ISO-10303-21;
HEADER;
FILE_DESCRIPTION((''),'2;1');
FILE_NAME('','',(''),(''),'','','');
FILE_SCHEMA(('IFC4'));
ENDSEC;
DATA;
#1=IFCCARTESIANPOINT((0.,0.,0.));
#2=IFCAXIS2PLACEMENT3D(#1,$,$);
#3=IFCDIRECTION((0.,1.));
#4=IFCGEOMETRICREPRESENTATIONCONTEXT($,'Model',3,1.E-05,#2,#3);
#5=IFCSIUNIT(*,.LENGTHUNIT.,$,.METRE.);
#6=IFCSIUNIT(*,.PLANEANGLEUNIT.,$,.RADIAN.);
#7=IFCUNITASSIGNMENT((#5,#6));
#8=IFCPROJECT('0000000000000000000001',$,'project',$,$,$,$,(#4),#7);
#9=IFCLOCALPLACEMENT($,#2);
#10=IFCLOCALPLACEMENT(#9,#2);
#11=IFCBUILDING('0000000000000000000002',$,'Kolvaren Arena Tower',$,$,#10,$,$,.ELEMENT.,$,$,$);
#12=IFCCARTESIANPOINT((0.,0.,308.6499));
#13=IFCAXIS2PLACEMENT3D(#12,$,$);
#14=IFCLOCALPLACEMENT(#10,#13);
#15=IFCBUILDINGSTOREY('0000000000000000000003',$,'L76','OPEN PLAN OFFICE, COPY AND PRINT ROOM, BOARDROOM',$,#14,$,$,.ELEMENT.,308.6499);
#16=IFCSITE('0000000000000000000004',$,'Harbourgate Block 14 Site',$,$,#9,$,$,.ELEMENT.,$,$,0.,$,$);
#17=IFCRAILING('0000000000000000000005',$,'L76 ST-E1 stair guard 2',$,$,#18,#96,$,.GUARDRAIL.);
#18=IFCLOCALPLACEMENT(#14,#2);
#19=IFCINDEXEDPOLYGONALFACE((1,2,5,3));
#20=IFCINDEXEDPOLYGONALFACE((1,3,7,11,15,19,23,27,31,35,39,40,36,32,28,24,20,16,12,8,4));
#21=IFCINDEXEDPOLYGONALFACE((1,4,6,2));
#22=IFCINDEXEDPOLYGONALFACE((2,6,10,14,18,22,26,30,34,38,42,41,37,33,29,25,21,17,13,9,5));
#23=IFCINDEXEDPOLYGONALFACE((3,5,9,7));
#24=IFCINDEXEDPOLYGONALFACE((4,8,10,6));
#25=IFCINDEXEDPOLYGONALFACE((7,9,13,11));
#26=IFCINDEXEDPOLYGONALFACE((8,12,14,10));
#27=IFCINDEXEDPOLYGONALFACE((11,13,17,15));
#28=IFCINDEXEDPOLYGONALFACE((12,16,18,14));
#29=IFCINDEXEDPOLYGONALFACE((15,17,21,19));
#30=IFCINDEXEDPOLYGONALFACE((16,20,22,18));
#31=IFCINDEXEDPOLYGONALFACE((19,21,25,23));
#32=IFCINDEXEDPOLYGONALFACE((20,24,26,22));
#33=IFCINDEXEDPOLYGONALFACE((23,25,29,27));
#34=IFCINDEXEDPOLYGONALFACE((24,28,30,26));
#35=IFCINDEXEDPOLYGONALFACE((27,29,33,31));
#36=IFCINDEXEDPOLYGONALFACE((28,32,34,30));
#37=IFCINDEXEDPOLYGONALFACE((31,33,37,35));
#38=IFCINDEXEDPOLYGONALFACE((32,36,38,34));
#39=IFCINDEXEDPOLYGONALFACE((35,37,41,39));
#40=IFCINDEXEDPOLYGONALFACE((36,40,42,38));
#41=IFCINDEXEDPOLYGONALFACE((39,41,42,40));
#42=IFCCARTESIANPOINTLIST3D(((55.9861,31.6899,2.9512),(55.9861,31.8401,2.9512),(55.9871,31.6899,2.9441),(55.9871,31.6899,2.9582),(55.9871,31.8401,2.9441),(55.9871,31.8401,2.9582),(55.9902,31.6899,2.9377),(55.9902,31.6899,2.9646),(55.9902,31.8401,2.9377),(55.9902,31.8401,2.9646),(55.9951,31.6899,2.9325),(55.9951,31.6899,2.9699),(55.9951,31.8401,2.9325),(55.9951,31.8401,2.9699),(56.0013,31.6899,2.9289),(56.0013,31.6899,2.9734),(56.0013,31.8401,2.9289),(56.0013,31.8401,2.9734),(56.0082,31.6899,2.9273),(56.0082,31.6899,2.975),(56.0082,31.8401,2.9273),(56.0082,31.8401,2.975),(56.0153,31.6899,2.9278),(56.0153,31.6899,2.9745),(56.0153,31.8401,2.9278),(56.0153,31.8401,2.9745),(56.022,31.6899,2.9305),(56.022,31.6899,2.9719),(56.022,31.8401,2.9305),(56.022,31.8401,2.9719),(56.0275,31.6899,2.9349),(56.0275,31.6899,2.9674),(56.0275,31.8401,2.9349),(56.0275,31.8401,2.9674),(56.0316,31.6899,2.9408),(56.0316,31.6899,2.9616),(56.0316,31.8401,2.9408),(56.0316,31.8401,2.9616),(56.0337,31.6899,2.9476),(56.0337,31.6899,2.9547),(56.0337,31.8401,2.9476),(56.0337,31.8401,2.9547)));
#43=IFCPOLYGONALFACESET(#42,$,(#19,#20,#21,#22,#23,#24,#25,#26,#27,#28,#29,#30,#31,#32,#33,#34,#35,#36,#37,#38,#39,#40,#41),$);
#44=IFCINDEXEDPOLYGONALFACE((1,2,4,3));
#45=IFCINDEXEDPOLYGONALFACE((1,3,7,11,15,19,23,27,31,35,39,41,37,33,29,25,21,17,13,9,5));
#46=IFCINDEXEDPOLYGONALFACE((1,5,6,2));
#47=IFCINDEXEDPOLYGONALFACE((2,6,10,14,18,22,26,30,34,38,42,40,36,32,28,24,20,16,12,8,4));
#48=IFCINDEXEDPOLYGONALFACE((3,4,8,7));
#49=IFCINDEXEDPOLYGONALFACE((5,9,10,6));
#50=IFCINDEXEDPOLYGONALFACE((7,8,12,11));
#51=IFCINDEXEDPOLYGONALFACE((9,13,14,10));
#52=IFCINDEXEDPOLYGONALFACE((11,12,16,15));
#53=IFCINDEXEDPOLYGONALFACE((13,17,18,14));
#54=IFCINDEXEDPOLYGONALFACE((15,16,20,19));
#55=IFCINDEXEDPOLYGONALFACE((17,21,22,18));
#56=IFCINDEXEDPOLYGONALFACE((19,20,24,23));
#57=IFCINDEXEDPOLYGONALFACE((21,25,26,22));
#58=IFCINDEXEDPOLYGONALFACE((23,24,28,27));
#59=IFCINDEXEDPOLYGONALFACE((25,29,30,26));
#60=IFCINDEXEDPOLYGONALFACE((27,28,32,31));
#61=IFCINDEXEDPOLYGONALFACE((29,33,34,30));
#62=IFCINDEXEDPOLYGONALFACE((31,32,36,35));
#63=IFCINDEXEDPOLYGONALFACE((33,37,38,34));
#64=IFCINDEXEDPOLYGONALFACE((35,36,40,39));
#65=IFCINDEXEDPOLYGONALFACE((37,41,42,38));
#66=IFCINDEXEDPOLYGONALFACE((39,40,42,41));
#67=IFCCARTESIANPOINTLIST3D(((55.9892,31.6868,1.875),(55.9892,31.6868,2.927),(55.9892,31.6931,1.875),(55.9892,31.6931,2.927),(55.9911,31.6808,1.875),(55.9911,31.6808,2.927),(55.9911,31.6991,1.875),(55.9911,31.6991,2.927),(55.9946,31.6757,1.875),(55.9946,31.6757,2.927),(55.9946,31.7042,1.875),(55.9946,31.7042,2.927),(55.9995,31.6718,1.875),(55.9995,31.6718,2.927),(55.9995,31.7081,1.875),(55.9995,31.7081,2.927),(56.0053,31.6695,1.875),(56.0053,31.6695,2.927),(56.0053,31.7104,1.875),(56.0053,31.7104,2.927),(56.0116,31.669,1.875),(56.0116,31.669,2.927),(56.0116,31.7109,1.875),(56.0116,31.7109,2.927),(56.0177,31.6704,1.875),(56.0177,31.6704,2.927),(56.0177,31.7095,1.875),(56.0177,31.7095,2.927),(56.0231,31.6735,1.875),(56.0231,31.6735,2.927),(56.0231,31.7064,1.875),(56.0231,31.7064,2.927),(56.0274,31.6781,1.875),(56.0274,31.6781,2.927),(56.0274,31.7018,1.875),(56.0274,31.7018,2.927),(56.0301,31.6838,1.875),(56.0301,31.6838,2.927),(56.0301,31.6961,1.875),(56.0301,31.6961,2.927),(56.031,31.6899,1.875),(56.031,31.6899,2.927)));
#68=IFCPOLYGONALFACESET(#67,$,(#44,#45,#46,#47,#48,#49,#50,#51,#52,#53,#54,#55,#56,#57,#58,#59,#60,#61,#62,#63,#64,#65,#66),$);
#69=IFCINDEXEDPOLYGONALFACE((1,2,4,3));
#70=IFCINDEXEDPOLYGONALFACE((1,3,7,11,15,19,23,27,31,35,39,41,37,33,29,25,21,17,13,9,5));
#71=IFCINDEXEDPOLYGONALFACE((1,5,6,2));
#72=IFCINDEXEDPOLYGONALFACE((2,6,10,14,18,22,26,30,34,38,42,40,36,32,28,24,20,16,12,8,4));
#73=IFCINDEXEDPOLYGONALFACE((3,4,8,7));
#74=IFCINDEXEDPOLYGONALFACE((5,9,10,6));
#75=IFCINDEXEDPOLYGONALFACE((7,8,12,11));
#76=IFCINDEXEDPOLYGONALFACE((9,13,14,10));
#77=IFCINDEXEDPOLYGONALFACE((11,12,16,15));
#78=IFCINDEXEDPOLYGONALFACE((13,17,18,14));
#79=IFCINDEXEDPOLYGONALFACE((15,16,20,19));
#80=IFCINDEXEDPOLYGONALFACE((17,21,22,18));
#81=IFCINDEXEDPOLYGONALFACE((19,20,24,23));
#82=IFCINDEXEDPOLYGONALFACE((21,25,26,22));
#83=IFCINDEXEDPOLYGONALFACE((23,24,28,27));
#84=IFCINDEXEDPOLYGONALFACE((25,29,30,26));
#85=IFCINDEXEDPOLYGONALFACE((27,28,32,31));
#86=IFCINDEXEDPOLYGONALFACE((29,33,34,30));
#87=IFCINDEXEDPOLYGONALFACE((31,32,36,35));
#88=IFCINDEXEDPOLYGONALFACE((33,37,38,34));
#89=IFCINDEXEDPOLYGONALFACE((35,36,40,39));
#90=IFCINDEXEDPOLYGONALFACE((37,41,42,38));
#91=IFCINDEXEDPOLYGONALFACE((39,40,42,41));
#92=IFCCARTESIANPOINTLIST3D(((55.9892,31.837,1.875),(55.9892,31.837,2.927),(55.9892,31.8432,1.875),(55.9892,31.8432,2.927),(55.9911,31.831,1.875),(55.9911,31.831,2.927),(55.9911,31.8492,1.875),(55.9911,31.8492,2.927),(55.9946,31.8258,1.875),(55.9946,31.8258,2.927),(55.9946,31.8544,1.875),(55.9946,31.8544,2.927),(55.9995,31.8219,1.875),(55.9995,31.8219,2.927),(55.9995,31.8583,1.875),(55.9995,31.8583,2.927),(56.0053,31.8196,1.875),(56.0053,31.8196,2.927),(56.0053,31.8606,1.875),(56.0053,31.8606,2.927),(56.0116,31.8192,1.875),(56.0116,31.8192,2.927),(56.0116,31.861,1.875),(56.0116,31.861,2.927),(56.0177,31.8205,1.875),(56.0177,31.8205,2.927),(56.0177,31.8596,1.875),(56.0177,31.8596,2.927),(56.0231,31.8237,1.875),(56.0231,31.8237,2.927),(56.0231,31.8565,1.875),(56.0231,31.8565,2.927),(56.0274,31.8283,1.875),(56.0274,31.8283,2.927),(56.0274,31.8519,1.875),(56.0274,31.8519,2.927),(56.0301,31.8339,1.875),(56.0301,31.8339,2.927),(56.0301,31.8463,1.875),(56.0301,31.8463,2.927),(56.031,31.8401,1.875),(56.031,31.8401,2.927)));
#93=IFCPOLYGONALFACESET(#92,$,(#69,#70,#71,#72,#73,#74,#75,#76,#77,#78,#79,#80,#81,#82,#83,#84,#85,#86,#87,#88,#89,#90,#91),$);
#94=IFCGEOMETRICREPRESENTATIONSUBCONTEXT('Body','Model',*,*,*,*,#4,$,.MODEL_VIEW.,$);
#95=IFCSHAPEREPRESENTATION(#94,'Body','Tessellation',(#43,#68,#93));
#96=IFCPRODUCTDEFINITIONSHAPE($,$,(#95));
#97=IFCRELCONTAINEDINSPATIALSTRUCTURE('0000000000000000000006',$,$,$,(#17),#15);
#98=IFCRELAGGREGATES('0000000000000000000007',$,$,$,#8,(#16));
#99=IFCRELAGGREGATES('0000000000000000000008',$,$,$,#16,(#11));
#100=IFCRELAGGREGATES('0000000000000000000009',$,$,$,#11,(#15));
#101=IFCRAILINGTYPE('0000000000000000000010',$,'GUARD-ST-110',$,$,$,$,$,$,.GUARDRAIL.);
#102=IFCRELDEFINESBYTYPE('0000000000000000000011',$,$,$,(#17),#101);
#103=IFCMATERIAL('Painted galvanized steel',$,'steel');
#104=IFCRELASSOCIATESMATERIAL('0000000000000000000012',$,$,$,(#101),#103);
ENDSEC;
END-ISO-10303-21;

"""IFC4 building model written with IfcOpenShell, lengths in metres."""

from ifc_helpers import new_model, si_unit, direction, frame, origin, origin_2d, place, context, subcontext, project, spatial, circle, extrude, material, type_object, element, save


model = new_model("IFC4")

# Units and contexts
model_context = context("Model", 3, precision=1e-05, world=origin(), true_north=direction((0.0, 1.0)))
body_context = subcontext(model_context, "Body", "Model", "MODEL_VIEW")
ifc_project = project(units=[si_unit("LENGTHUNIT", "METRE"), si_unit("PLANEANGLEUNIT", "RADIAN")], contexts=[model_context])

# Site, building, storey
site_placement = place(None, origin())
site = spatial("IfcSite", under=ifc_project, at=site_placement, Name="Harbourgate Block 14 Site", CompositionType="ELEMENT", RefElevation=0.0)
building_placement = place(site_placement, origin())
building = spatial("IfcBuilding", under=site, at=building_placement, Name="Kolvaren Arena Tower", CompositionType="ELEMENT")
storey_placement = place(building_placement, frame((0.0, 0.0, 308.6499)))
storey = spatial("IfcBuildingStorey", under=building, at=storey_placement, Name="L76", Description="OPEN PLAN OFFICE, COPY AND PRINT ROOM, BOARDROOM", CompositionType="ELEMENT", Elevation=308.6499)

# Railing
ifc_material_1 = material(Name="Painted galvanized steel", Category="steel")
railing_type_1 = type_object("IfcRailingType", Name="GUARD-ST-110", PredefinedType="GUARDRAIL", material=ifc_material_1)
railing_1_placement = place(storey_placement, frame((56.01, 31.6899, 1.875)))
element("IfcRailing", 1, at=railing_1_placement, inside=storey, type_object=railing_type_1, Name="L76 ST-E1 stair guard 2", PredefinedType="GUARDRAIL", context=body_context, shape_type="SweptSolid", body=[
    extrude(circle(Radius=0.0239, at=origin_2d()), frame((0.0, 0.0, 1.0762), z_axis=(0.0, 1.0, 0.0), x_axis=(-1.0, 0.0, 0.0)), (0.0, 0.0, 1.0), 0.1501),
    extrude(circle(Radius=0.021, at=origin_2d()), origin(), (0.0, 0.0, 1.0), 1.052),
    extrude(circle(Radius=0.021, at=origin_2d()), frame((0.0, 0.1501, 0.0)), (0.0, 0.0, 1.0), 1.052),
])

save(model, "model.ifc")
